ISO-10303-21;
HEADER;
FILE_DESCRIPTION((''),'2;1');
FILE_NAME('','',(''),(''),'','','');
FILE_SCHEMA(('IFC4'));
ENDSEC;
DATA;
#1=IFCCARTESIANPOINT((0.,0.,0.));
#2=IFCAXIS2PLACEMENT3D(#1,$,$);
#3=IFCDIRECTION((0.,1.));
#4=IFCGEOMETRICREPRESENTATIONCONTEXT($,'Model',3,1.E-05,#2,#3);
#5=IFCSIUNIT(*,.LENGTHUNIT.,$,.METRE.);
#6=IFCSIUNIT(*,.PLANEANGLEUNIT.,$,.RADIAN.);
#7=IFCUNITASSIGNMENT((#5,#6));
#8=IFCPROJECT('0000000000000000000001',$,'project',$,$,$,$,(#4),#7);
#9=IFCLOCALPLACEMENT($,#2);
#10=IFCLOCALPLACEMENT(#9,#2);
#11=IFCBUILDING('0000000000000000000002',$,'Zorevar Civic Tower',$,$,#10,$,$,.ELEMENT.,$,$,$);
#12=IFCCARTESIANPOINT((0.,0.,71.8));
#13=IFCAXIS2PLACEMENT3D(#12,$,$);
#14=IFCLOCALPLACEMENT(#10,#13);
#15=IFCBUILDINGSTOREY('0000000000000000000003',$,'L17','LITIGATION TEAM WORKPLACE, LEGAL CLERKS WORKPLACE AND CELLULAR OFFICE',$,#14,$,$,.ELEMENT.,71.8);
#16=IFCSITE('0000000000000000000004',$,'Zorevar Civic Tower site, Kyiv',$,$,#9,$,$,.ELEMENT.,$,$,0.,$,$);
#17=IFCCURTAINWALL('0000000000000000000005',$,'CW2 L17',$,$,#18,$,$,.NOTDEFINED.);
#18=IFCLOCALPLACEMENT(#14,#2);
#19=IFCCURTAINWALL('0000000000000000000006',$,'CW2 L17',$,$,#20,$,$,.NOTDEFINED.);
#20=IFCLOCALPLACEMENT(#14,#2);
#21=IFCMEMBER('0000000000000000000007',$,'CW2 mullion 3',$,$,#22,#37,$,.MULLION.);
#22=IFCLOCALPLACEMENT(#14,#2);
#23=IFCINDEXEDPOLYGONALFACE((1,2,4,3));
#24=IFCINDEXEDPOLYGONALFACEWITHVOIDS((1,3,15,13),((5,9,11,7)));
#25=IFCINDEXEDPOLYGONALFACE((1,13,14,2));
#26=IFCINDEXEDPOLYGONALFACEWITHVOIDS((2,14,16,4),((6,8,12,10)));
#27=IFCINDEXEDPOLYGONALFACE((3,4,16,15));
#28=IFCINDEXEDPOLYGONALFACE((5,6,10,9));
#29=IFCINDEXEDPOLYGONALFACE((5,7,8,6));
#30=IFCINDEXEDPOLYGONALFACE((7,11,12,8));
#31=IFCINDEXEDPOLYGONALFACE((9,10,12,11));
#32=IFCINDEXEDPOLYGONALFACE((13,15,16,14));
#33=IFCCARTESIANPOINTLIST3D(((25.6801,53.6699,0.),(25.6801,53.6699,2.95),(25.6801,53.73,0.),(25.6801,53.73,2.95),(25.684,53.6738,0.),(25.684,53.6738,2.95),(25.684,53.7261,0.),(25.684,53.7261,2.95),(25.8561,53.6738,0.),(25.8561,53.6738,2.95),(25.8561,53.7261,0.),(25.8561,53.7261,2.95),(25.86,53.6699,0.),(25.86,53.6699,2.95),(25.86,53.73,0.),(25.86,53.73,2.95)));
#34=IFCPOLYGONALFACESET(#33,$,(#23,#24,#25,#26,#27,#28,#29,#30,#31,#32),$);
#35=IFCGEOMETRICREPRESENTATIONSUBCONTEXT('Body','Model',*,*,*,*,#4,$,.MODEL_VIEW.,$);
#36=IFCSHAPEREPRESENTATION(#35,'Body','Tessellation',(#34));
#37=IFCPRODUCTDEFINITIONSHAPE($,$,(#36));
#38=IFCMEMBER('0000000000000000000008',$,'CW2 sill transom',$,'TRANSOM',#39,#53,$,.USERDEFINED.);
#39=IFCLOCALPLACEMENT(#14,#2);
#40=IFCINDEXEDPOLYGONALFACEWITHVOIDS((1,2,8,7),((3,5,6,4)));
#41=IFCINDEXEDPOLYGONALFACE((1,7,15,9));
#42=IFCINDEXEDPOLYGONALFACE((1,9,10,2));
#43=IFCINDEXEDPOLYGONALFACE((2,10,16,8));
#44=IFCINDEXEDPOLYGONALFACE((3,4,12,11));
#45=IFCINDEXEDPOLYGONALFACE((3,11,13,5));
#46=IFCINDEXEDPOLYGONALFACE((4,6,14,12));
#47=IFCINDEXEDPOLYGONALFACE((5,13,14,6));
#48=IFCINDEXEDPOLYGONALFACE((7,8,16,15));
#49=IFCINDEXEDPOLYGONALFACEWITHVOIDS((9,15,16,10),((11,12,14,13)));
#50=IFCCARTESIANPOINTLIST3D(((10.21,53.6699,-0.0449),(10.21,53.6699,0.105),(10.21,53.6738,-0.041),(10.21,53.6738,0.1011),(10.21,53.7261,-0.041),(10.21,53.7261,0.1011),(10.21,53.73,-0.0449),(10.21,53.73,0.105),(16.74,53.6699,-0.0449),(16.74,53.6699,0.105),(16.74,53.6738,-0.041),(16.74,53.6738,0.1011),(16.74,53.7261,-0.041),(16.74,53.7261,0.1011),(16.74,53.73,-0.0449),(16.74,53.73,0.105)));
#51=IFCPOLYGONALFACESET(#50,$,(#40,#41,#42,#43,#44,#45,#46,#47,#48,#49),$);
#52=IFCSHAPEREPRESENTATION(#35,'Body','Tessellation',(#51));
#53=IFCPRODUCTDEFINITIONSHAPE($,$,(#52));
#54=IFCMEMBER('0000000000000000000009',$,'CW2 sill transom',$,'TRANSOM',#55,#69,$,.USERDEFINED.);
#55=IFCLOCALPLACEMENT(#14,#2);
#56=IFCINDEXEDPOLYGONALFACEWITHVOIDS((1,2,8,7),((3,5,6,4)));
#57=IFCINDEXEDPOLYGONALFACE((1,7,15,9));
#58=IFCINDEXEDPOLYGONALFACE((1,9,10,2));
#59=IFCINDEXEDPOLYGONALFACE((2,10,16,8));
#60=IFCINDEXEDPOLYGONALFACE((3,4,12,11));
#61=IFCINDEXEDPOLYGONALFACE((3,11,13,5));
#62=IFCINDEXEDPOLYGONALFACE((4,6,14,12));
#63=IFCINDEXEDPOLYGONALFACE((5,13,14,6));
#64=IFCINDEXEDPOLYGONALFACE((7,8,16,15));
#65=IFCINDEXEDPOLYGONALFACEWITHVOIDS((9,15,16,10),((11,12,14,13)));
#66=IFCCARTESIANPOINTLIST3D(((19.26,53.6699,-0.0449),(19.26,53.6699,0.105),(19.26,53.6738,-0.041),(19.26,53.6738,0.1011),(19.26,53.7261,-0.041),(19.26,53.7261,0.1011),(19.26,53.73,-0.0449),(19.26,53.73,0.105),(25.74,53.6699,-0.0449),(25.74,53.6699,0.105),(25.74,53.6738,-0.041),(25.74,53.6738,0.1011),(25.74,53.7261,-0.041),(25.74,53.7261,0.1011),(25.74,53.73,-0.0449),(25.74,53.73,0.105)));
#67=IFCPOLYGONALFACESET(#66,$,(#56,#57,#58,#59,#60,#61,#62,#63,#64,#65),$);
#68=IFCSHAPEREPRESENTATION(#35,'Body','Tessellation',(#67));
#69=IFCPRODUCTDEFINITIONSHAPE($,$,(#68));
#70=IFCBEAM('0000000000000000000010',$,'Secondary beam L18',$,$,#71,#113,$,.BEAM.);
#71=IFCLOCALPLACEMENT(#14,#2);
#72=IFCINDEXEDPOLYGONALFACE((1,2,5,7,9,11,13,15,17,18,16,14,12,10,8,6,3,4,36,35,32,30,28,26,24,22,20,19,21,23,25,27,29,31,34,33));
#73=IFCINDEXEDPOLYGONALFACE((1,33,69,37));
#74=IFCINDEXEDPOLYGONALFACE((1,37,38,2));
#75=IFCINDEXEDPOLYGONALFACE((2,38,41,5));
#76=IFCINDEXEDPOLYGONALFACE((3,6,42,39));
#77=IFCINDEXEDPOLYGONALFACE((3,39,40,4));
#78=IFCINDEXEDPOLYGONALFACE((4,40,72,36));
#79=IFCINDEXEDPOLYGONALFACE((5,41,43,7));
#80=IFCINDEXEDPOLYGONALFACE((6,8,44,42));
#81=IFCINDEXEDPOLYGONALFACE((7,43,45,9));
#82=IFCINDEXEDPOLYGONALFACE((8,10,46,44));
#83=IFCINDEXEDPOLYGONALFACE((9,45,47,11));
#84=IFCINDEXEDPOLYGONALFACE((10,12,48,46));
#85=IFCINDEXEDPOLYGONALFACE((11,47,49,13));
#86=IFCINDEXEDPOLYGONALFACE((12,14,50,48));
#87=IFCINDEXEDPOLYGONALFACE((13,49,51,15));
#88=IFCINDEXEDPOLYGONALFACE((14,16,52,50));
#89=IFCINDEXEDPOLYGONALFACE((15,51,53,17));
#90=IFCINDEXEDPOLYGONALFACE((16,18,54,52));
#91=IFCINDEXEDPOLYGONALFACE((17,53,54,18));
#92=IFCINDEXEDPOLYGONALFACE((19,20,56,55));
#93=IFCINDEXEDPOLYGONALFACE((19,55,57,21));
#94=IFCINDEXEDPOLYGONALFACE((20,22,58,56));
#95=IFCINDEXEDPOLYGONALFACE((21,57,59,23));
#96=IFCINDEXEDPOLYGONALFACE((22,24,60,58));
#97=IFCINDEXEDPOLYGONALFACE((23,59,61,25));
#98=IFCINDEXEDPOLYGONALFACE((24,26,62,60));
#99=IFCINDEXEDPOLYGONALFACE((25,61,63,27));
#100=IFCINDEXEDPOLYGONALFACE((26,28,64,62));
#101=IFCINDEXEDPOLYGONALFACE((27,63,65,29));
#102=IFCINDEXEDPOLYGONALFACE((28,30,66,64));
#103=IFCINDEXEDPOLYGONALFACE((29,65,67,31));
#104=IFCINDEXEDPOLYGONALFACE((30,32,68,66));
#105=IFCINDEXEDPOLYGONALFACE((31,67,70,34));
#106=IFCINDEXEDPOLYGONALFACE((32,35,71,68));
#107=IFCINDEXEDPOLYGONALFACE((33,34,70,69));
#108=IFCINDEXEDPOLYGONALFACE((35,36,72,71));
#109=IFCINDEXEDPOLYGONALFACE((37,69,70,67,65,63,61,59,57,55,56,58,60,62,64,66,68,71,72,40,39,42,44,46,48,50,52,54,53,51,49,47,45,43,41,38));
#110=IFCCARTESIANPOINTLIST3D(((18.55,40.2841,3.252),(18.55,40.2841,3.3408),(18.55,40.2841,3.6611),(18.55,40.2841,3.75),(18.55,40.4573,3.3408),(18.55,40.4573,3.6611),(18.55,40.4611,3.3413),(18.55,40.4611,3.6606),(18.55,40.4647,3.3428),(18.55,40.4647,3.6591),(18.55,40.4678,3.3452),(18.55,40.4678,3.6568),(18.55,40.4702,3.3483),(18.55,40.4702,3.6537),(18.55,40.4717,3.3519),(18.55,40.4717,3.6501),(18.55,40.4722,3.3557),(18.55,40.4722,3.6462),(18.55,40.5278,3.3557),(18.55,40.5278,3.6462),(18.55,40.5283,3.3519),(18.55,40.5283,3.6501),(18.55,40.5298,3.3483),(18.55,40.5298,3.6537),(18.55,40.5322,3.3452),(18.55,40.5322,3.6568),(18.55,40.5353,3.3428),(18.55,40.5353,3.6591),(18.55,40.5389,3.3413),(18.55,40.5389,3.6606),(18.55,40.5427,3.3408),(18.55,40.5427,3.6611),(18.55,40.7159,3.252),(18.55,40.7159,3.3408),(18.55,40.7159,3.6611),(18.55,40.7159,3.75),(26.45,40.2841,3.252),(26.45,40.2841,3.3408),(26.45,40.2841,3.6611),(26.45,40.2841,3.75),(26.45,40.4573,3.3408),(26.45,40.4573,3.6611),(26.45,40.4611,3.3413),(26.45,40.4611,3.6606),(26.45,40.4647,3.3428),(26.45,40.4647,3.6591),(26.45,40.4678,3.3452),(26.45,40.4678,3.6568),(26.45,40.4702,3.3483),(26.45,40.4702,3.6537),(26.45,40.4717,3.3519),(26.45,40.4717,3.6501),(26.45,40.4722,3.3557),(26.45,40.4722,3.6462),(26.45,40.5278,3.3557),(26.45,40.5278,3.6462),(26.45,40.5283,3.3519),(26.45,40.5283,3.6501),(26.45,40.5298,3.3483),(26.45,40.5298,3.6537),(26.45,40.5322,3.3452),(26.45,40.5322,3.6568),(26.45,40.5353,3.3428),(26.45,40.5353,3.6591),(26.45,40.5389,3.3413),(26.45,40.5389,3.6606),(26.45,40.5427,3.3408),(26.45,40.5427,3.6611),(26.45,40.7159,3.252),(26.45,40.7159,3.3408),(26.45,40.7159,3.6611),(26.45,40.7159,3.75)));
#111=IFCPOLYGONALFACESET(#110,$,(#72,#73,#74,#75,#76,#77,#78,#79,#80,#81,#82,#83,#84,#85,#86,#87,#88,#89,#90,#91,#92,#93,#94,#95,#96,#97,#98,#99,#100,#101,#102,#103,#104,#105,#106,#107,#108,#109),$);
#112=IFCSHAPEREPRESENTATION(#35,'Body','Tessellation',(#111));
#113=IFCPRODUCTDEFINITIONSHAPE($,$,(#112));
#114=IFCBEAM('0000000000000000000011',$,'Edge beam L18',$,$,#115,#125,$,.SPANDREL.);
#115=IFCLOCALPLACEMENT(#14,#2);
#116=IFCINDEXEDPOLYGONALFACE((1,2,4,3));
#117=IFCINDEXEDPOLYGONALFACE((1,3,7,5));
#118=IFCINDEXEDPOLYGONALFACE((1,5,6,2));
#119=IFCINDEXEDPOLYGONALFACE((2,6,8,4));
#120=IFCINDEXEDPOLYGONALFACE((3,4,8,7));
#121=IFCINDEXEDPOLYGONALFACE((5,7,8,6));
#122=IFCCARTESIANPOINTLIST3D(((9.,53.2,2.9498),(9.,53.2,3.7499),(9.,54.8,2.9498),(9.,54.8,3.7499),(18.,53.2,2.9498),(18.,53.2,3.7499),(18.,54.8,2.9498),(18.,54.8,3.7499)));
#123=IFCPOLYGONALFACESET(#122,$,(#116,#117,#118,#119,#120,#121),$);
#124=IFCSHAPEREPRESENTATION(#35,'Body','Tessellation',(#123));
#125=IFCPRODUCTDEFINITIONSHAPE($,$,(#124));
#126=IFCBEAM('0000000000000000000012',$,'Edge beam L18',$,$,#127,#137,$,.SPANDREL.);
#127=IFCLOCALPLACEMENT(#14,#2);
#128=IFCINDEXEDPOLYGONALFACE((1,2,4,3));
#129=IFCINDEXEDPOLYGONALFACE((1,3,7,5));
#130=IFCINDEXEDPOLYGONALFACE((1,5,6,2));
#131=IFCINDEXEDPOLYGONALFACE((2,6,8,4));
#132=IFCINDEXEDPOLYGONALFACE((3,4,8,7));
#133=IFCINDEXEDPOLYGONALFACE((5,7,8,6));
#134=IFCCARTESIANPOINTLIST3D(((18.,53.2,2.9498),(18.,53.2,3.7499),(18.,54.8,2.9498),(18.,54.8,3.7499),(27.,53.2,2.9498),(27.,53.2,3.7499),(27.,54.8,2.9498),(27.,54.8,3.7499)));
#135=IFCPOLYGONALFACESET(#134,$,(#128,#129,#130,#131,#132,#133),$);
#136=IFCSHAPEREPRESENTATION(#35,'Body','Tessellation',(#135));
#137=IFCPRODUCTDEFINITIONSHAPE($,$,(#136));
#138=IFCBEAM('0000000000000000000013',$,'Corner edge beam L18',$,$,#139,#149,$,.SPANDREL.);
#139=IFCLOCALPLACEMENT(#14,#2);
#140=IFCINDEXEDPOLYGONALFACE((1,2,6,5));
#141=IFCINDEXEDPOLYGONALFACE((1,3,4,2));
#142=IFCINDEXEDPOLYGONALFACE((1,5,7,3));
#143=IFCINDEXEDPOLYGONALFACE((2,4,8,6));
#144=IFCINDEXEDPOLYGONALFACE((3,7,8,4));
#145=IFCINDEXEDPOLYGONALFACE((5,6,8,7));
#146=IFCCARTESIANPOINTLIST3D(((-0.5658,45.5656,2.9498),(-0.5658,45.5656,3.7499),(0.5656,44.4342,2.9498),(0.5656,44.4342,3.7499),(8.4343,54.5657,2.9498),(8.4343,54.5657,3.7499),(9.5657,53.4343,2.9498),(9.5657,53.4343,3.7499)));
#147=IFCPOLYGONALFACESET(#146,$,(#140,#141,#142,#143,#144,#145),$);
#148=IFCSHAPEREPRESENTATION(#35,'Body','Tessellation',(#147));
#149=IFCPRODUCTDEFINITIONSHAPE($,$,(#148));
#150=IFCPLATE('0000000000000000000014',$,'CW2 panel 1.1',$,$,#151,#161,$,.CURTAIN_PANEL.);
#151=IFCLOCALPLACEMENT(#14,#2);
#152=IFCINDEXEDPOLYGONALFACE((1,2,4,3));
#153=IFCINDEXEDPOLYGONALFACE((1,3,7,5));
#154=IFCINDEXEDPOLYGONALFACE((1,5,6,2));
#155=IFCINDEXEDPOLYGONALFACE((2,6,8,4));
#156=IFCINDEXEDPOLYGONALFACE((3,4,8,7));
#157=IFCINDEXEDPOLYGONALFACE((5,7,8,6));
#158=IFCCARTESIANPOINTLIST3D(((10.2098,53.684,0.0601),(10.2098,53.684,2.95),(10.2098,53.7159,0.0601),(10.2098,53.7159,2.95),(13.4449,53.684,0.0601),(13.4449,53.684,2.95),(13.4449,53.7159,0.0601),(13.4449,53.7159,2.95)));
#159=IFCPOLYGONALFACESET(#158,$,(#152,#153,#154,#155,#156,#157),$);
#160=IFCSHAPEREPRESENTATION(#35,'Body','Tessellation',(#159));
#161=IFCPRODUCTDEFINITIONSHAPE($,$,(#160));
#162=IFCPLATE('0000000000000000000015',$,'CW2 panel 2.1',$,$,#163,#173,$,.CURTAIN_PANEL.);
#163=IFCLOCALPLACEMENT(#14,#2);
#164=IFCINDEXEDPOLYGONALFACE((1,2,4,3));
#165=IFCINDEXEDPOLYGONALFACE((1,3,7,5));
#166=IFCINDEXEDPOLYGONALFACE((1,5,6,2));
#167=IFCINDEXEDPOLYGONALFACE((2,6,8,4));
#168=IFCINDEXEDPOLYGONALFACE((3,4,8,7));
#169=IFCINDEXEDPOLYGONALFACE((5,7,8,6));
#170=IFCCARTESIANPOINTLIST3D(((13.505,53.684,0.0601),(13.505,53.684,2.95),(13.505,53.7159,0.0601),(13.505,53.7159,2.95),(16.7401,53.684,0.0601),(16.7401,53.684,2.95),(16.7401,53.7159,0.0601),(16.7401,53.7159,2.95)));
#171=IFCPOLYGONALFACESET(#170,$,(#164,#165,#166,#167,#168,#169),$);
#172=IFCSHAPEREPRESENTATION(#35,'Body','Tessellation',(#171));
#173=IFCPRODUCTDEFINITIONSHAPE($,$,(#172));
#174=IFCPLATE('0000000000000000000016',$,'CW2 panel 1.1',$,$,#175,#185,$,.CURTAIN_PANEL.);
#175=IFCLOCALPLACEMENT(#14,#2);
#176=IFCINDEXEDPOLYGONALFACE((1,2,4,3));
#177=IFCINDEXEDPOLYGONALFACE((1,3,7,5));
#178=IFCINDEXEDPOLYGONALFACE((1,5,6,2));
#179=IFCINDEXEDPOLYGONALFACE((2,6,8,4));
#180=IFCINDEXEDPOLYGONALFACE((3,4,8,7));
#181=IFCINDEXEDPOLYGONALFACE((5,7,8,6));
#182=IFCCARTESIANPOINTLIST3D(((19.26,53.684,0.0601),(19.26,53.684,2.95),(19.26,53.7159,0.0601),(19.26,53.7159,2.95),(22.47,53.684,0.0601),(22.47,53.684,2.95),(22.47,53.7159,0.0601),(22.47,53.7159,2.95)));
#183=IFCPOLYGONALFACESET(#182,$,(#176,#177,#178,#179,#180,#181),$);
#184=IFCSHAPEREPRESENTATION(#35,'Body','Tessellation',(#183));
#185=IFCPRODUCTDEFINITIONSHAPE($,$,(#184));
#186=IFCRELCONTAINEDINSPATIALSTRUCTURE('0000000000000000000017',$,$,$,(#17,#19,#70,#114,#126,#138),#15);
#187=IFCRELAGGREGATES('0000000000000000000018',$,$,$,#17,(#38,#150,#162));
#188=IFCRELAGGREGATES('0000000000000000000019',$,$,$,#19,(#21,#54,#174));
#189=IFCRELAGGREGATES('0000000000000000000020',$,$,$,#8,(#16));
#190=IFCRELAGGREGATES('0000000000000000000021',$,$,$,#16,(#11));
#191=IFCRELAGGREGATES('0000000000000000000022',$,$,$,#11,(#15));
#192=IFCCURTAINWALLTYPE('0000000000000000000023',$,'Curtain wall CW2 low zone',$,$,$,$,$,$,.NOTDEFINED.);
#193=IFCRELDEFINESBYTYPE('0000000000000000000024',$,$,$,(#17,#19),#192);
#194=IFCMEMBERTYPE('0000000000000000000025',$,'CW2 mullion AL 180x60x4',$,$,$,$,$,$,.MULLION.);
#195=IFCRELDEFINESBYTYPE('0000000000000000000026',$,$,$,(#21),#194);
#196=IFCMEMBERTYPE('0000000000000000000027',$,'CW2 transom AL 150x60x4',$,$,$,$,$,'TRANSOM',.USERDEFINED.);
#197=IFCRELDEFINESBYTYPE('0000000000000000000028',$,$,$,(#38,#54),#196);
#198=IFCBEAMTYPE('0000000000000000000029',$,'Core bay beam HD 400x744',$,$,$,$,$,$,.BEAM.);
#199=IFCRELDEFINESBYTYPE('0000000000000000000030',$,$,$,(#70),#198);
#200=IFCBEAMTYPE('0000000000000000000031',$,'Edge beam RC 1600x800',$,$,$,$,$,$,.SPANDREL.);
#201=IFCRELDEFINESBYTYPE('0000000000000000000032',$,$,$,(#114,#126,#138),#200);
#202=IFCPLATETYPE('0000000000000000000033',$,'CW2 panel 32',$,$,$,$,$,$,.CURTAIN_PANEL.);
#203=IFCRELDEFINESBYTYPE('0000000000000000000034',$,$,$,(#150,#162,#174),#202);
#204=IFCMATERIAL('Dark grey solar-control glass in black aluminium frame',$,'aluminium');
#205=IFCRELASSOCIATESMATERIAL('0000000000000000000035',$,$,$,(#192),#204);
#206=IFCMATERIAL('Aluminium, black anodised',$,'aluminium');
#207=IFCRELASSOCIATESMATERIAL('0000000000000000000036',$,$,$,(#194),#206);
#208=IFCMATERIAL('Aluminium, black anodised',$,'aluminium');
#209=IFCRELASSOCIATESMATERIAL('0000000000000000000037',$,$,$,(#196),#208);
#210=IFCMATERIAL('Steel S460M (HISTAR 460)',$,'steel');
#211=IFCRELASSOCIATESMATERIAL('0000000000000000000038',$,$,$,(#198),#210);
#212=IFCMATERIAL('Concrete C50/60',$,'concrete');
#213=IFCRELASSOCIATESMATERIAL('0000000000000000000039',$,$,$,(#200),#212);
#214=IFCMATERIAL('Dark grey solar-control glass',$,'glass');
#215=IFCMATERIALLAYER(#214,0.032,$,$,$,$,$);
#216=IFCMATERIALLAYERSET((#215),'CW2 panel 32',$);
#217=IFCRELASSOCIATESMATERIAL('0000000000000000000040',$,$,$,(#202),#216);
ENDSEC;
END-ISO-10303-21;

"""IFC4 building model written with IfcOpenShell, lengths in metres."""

from ifc_helpers import new_model, si_unit, direction, frame, origin, origin_2d, place, context, subcontext, project, spatial, rectangle, hollow_rectangle, i_section, extrude, material, layer, layer_set, material_profile, profile_set, type_object, element, aggregate, save


model = new_model("IFC4")

# Units and contexts
model_context = context("Model", 3, precision=1e-05, world=origin(), true_north=direction((0.0, 1.0)))
body_context = subcontext(model_context, "Body", "Model", "MODEL_VIEW")
ifc_project = project(units=[si_unit("LENGTHUNIT", "METRE"), si_unit("PLANEANGLEUNIT", "RADIAN")], contexts=[model_context])

# Site, building, storey
site_placement = place(None, origin())
site = spatial("IfcSite", under=ifc_project, at=site_placement, Name="Zorevar Civic Tower site, Kyiv", CompositionType="ELEMENT", RefElevation=0.0)
building_placement = place(site_placement, origin())
building = spatial("IfcBuilding", under=site, at=building_placement, Name="Zorevar Civic Tower", CompositionType="ELEMENT")
storey_placement = place(building_placement, frame((0.0, 0.0, 71.8)))
storey = spatial("IfcBuildingStorey", under=building, at=storey_placement, Name="L17", Description="LITIGATION TEAM WORKPLACE, LEGAL CLERKS WORKPLACE AND CELLULAR OFFICE", CompositionType="ELEMENT", Elevation=71.8)

# Curtain walls, member
ifc_material_1 = material(Name="Dark grey solar-control glass in black aluminium frame", Category="aluminium")
curtain_wall_type = type_object("IfcCurtainWallType", Name="Curtain wall CW2 low zone", PredefinedType="NOTDEFINED", material=ifc_material_1)
curtain_wall_1_placement = place(storey_placement, origin())
curtain_wall_1 = element("IfcCurtainWall", 1, at=curtain_wall_1_placement, inside=storey, type_object=curtain_wall_type, Name="CW2 L17", PredefinedType="NOTDEFINED")
ifc_material_2 = material(Name="Aluminium, black anodised", Category="aluminium")
ifc_material_profile_1 = material_profile(ifc_material_2, hollow_rectangle(XDim=0.0601, YDim=0.1799, WallThickness=0.0039, at=origin_2d()), Name="AL 180x60x4")
ifc_profile_set_1 = profile_set([ifc_material_profile_1], Name="Aluminium, black anodised")
member_type_1 = type_object("IfcMemberType", Name="CW2 mullion AL 180x60x4", PredefinedType="MULLION", material=ifc_profile_set_1)
curtain_wall_2_placement = place(storey_placement, origin())
curtain_wall_2 = element("IfcCurtainWall", 2, at=curtain_wall_2_placement, inside=storey, type_object=curtain_wall_type, Name="CW2 L17", PredefinedType="NOTDEFINED")
member_1_placement = place(storey_placement, frame((25.77, 53.7, 0.0), z_axis=(0.0, 0.0, 1.0), x_axis=(0.0, 1.0, 0.0)))
member_1 = element("IfcMember", 3, at=member_1_placement, type_object=member_type_1, Name="CW2 mullion 3", PredefinedType="MULLION", context=body_context, shape_type="SweptSolid", body=[
    extrude(hollow_rectangle(XDim=0.0601, YDim=0.1799, WallThickness=0.0039, at=origin_2d()), origin(), (0.0, 0.0, 1.0), 2.95),
])

# Members
ifc_material_3 = material(Name="Aluminium, black anodised", Category="aluminium")
ifc_material_profile_2 = material_profile(ifc_material_3, hollow_rectangle(XDim=0.0601, YDim=0.1499, WallThickness=0.0039, at=origin_2d()), Name="AL 150x60x4")
ifc_profile_set_2 = profile_set([ifc_material_profile_2], Name="Aluminium, black anodised")
member_type_2 = type_object("IfcMemberType", Name="CW2 transom AL 150x60x4", ElementType="TRANSOM", PredefinedType="USERDEFINED", material=ifc_profile_set_2)
member_2_placement = place(storey_placement, frame((10.21, 53.7, 0.03), z_axis=(1.0, 0.0, 0.0), x_axis=(0.0, 1.0, 0.0)))
member_2 = element("IfcMember", 4, at=member_2_placement, type_object=member_type_2, Name="CW2 sill transom", ObjectType="TRANSOM", PredefinedType="USERDEFINED", context=body_context, shape_type="SweptSolid", body=[
    extrude(hollow_rectangle(XDim=0.0601, YDim=0.1499, WallThickness=0.0039, at=origin_2d()), origin(), (0.0, 0.0, 1.0), 6.53),
])
member_3_placement = place(storey_placement, frame((19.26, 53.7, 0.03), z_axis=(1.0, 0.0, 0.0), x_axis=(0.0, 1.0, 0.0)))
member_3 = element("IfcMember", 5, at=member_3_placement, type_object=member_type_2, Name="CW2 sill transom", ObjectType="TRANSOM", PredefinedType="USERDEFINED", context=body_context, shape_type="SweptSolid", body=[
    extrude(hollow_rectangle(XDim=0.0601, YDim=0.1499, WallThickness=0.0039, at=origin_2d()), origin(), (0.0, 0.0, 1.0), 6.48),
])

# Beams
ifc_material_4 = material(Name="Steel S460M (HISTAR 460)", Category="steel")
ifc_material_profile_3 = material_profile(ifc_material_4, i_section(OverallWidth=0.4319, OverallDepth=0.498, WebThickness=0.0557, FlangeThickness=0.0889, FilletRadius=0.0149, at=origin_2d()), Name="HD 400x744")
ifc_profile_set_3 = profile_set([ifc_material_profile_3], Name="Steel S460M (HISTAR 460)")
beam_type_1 = type_object("IfcBeamType", Name="Core bay beam HD 400x744", PredefinedType="BEAM", material=ifc_profile_set_3)
beam_1_placement = place(storey_placement, frame((18.55, 40.5, 3.501), z_axis=(1.0, 0.0, 0.0), x_axis=(0.0, 1.0, 0.0)))
element("IfcBeam", 6, at=beam_1_placement, inside=storey, type_object=beam_type_1, Name="Secondary beam L18", PredefinedType="BEAM", context=body_context, shape_type="SweptSolid", body=[
    extrude(i_section(OverallWidth=0.4319, OverallDepth=0.498, WebThickness=0.0557, FlangeThickness=0.0889, FilletRadius=0.0149, at=origin_2d()), origin(), (0.0, 0.0, 1.0), 7.8999),
])
ifc_material_5 = material(Name="Concrete C50/60", Category="concrete")
ifc_material_profile_4 = material_profile(ifc_material_5, rectangle(XDim=1.6001, YDim=0.8, at=origin_2d()), Name="RC 1600x800")
ifc_profile_set_4 = profile_set([ifc_material_profile_4], Name="Concrete C50/60")
beam_type_2 = type_object("IfcBeamType", Name="Edge beam RC 1600x800", PredefinedType="SPANDREL", material=ifc_profile_set_4)
for number, where, z_axis, x_axis, name in (
    (7, (9.0, 54.0, 3.3499), (1.0, 0.0, 0.0), (0.0, 1.0, 0.0), "Edge beam L18"),
    (8, (18.0, 54.0, 3.3499), (1.0, 0.0, 0.0), (0.0, 1.0, 0.0), "Edge beam L18"),
):
    element("IfcBeam", number, at=place(storey_placement, frame(where, z_axis=z_axis, x_axis=x_axis)), inside=storey, type_object=beam_type_2, Name=name, PredefinedType="SPANDREL", context=body_context, shape_type="SweptSolid", body=[
        extrude(rectangle(XDim=1.6001, YDim=0.8, at=origin_2d()), origin(), (0.0, 0.0, 1.0), 9.0),
    ])
beam_2_placement = place(storey_placement, frame((9.0, 54.0, 3.3499), z_axis=(-0.707107, -0.707107, 0.0), x_axis=(0.707107, -0.707107, 0.0)))
element("IfcBeam", 9, at=beam_2_placement, inside=storey, type_object=beam_type_2, Name="Corner edge beam L18", PredefinedType="SPANDREL", context=body_context, shape_type="SweptSolid", body=[
    extrude(rectangle(XDim=1.6001, YDim=0.8, at=origin_2d()), origin(), (0.0, 0.0, 1.0), 12.728),
])

# Plates
ifc_material_6 = material(Name="Dark grey solar-control glass", Category="glass")
ifc_layer_1 = layer(ifc_material_6, 0.032)
ifc_layer_set_1 = layer_set([ifc_layer_1], Name="CW2 panel 32")
plate_type = type_object("IfcPlateType", Name="CW2 panel 32", PredefinedType="CURTAIN_PANEL", material=ifc_layer_set_1)
plate_1_placement = place(storey_placement, frame((11.8274, 53.7, 0.0601), z_axis=(0.0, 0.0, 1.0), x_axis=(1.0, 0.0, 0.0)))
plate_1 = element("IfcPlate", 10, at=plate_1_placement, type_object=plate_type, Name="CW2 panel 1.1", PredefinedType="CURTAIN_PANEL", context=body_context, shape_type="SweptSolid", body=[
    extrude(rectangle(XDim=3.2351, YDim=0.032, at=origin_2d()), origin(), (0.0, 0.0, 1.0), 2.8899),
])
plate_2_placement = place(storey_placement, frame((15.1226, 53.7, 0.0601), z_axis=(0.0, 0.0, 1.0), x_axis=(1.0, 0.0, 0.0)))
plate_2 = element("IfcPlate", 11, at=plate_2_placement, type_object=plate_type, Name="CW2 panel 2.1", PredefinedType="CURTAIN_PANEL", context=body_context, shape_type="SweptSolid", body=[
    extrude(rectangle(XDim=3.2351, YDim=0.032, at=origin_2d()), origin(), (0.0, 0.0, 1.0), 2.8899),
])
aggregate(curtain_wall_1, [member_2, plate_1, plate_2])
plate_3_placement = place(storey_placement, frame((20.865, 53.7, 0.0601), z_axis=(0.0, 0.0, 1.0), x_axis=(1.0, 0.0, 0.0)))
plate_3 = element("IfcPlate", 12, at=plate_3_placement, type_object=plate_type, Name="CW2 panel 1.1", PredefinedType="CURTAIN_PANEL", context=body_context, shape_type="SweptSolid", body=[
    extrude(rectangle(XDim=3.21, YDim=0.032, at=origin_2d()), origin(), (0.0, 0.0, 1.0), 2.8899),
])
aggregate(curtain_wall_2, [member_1, member_3, plate_3])

save(model, "model.ifc")
